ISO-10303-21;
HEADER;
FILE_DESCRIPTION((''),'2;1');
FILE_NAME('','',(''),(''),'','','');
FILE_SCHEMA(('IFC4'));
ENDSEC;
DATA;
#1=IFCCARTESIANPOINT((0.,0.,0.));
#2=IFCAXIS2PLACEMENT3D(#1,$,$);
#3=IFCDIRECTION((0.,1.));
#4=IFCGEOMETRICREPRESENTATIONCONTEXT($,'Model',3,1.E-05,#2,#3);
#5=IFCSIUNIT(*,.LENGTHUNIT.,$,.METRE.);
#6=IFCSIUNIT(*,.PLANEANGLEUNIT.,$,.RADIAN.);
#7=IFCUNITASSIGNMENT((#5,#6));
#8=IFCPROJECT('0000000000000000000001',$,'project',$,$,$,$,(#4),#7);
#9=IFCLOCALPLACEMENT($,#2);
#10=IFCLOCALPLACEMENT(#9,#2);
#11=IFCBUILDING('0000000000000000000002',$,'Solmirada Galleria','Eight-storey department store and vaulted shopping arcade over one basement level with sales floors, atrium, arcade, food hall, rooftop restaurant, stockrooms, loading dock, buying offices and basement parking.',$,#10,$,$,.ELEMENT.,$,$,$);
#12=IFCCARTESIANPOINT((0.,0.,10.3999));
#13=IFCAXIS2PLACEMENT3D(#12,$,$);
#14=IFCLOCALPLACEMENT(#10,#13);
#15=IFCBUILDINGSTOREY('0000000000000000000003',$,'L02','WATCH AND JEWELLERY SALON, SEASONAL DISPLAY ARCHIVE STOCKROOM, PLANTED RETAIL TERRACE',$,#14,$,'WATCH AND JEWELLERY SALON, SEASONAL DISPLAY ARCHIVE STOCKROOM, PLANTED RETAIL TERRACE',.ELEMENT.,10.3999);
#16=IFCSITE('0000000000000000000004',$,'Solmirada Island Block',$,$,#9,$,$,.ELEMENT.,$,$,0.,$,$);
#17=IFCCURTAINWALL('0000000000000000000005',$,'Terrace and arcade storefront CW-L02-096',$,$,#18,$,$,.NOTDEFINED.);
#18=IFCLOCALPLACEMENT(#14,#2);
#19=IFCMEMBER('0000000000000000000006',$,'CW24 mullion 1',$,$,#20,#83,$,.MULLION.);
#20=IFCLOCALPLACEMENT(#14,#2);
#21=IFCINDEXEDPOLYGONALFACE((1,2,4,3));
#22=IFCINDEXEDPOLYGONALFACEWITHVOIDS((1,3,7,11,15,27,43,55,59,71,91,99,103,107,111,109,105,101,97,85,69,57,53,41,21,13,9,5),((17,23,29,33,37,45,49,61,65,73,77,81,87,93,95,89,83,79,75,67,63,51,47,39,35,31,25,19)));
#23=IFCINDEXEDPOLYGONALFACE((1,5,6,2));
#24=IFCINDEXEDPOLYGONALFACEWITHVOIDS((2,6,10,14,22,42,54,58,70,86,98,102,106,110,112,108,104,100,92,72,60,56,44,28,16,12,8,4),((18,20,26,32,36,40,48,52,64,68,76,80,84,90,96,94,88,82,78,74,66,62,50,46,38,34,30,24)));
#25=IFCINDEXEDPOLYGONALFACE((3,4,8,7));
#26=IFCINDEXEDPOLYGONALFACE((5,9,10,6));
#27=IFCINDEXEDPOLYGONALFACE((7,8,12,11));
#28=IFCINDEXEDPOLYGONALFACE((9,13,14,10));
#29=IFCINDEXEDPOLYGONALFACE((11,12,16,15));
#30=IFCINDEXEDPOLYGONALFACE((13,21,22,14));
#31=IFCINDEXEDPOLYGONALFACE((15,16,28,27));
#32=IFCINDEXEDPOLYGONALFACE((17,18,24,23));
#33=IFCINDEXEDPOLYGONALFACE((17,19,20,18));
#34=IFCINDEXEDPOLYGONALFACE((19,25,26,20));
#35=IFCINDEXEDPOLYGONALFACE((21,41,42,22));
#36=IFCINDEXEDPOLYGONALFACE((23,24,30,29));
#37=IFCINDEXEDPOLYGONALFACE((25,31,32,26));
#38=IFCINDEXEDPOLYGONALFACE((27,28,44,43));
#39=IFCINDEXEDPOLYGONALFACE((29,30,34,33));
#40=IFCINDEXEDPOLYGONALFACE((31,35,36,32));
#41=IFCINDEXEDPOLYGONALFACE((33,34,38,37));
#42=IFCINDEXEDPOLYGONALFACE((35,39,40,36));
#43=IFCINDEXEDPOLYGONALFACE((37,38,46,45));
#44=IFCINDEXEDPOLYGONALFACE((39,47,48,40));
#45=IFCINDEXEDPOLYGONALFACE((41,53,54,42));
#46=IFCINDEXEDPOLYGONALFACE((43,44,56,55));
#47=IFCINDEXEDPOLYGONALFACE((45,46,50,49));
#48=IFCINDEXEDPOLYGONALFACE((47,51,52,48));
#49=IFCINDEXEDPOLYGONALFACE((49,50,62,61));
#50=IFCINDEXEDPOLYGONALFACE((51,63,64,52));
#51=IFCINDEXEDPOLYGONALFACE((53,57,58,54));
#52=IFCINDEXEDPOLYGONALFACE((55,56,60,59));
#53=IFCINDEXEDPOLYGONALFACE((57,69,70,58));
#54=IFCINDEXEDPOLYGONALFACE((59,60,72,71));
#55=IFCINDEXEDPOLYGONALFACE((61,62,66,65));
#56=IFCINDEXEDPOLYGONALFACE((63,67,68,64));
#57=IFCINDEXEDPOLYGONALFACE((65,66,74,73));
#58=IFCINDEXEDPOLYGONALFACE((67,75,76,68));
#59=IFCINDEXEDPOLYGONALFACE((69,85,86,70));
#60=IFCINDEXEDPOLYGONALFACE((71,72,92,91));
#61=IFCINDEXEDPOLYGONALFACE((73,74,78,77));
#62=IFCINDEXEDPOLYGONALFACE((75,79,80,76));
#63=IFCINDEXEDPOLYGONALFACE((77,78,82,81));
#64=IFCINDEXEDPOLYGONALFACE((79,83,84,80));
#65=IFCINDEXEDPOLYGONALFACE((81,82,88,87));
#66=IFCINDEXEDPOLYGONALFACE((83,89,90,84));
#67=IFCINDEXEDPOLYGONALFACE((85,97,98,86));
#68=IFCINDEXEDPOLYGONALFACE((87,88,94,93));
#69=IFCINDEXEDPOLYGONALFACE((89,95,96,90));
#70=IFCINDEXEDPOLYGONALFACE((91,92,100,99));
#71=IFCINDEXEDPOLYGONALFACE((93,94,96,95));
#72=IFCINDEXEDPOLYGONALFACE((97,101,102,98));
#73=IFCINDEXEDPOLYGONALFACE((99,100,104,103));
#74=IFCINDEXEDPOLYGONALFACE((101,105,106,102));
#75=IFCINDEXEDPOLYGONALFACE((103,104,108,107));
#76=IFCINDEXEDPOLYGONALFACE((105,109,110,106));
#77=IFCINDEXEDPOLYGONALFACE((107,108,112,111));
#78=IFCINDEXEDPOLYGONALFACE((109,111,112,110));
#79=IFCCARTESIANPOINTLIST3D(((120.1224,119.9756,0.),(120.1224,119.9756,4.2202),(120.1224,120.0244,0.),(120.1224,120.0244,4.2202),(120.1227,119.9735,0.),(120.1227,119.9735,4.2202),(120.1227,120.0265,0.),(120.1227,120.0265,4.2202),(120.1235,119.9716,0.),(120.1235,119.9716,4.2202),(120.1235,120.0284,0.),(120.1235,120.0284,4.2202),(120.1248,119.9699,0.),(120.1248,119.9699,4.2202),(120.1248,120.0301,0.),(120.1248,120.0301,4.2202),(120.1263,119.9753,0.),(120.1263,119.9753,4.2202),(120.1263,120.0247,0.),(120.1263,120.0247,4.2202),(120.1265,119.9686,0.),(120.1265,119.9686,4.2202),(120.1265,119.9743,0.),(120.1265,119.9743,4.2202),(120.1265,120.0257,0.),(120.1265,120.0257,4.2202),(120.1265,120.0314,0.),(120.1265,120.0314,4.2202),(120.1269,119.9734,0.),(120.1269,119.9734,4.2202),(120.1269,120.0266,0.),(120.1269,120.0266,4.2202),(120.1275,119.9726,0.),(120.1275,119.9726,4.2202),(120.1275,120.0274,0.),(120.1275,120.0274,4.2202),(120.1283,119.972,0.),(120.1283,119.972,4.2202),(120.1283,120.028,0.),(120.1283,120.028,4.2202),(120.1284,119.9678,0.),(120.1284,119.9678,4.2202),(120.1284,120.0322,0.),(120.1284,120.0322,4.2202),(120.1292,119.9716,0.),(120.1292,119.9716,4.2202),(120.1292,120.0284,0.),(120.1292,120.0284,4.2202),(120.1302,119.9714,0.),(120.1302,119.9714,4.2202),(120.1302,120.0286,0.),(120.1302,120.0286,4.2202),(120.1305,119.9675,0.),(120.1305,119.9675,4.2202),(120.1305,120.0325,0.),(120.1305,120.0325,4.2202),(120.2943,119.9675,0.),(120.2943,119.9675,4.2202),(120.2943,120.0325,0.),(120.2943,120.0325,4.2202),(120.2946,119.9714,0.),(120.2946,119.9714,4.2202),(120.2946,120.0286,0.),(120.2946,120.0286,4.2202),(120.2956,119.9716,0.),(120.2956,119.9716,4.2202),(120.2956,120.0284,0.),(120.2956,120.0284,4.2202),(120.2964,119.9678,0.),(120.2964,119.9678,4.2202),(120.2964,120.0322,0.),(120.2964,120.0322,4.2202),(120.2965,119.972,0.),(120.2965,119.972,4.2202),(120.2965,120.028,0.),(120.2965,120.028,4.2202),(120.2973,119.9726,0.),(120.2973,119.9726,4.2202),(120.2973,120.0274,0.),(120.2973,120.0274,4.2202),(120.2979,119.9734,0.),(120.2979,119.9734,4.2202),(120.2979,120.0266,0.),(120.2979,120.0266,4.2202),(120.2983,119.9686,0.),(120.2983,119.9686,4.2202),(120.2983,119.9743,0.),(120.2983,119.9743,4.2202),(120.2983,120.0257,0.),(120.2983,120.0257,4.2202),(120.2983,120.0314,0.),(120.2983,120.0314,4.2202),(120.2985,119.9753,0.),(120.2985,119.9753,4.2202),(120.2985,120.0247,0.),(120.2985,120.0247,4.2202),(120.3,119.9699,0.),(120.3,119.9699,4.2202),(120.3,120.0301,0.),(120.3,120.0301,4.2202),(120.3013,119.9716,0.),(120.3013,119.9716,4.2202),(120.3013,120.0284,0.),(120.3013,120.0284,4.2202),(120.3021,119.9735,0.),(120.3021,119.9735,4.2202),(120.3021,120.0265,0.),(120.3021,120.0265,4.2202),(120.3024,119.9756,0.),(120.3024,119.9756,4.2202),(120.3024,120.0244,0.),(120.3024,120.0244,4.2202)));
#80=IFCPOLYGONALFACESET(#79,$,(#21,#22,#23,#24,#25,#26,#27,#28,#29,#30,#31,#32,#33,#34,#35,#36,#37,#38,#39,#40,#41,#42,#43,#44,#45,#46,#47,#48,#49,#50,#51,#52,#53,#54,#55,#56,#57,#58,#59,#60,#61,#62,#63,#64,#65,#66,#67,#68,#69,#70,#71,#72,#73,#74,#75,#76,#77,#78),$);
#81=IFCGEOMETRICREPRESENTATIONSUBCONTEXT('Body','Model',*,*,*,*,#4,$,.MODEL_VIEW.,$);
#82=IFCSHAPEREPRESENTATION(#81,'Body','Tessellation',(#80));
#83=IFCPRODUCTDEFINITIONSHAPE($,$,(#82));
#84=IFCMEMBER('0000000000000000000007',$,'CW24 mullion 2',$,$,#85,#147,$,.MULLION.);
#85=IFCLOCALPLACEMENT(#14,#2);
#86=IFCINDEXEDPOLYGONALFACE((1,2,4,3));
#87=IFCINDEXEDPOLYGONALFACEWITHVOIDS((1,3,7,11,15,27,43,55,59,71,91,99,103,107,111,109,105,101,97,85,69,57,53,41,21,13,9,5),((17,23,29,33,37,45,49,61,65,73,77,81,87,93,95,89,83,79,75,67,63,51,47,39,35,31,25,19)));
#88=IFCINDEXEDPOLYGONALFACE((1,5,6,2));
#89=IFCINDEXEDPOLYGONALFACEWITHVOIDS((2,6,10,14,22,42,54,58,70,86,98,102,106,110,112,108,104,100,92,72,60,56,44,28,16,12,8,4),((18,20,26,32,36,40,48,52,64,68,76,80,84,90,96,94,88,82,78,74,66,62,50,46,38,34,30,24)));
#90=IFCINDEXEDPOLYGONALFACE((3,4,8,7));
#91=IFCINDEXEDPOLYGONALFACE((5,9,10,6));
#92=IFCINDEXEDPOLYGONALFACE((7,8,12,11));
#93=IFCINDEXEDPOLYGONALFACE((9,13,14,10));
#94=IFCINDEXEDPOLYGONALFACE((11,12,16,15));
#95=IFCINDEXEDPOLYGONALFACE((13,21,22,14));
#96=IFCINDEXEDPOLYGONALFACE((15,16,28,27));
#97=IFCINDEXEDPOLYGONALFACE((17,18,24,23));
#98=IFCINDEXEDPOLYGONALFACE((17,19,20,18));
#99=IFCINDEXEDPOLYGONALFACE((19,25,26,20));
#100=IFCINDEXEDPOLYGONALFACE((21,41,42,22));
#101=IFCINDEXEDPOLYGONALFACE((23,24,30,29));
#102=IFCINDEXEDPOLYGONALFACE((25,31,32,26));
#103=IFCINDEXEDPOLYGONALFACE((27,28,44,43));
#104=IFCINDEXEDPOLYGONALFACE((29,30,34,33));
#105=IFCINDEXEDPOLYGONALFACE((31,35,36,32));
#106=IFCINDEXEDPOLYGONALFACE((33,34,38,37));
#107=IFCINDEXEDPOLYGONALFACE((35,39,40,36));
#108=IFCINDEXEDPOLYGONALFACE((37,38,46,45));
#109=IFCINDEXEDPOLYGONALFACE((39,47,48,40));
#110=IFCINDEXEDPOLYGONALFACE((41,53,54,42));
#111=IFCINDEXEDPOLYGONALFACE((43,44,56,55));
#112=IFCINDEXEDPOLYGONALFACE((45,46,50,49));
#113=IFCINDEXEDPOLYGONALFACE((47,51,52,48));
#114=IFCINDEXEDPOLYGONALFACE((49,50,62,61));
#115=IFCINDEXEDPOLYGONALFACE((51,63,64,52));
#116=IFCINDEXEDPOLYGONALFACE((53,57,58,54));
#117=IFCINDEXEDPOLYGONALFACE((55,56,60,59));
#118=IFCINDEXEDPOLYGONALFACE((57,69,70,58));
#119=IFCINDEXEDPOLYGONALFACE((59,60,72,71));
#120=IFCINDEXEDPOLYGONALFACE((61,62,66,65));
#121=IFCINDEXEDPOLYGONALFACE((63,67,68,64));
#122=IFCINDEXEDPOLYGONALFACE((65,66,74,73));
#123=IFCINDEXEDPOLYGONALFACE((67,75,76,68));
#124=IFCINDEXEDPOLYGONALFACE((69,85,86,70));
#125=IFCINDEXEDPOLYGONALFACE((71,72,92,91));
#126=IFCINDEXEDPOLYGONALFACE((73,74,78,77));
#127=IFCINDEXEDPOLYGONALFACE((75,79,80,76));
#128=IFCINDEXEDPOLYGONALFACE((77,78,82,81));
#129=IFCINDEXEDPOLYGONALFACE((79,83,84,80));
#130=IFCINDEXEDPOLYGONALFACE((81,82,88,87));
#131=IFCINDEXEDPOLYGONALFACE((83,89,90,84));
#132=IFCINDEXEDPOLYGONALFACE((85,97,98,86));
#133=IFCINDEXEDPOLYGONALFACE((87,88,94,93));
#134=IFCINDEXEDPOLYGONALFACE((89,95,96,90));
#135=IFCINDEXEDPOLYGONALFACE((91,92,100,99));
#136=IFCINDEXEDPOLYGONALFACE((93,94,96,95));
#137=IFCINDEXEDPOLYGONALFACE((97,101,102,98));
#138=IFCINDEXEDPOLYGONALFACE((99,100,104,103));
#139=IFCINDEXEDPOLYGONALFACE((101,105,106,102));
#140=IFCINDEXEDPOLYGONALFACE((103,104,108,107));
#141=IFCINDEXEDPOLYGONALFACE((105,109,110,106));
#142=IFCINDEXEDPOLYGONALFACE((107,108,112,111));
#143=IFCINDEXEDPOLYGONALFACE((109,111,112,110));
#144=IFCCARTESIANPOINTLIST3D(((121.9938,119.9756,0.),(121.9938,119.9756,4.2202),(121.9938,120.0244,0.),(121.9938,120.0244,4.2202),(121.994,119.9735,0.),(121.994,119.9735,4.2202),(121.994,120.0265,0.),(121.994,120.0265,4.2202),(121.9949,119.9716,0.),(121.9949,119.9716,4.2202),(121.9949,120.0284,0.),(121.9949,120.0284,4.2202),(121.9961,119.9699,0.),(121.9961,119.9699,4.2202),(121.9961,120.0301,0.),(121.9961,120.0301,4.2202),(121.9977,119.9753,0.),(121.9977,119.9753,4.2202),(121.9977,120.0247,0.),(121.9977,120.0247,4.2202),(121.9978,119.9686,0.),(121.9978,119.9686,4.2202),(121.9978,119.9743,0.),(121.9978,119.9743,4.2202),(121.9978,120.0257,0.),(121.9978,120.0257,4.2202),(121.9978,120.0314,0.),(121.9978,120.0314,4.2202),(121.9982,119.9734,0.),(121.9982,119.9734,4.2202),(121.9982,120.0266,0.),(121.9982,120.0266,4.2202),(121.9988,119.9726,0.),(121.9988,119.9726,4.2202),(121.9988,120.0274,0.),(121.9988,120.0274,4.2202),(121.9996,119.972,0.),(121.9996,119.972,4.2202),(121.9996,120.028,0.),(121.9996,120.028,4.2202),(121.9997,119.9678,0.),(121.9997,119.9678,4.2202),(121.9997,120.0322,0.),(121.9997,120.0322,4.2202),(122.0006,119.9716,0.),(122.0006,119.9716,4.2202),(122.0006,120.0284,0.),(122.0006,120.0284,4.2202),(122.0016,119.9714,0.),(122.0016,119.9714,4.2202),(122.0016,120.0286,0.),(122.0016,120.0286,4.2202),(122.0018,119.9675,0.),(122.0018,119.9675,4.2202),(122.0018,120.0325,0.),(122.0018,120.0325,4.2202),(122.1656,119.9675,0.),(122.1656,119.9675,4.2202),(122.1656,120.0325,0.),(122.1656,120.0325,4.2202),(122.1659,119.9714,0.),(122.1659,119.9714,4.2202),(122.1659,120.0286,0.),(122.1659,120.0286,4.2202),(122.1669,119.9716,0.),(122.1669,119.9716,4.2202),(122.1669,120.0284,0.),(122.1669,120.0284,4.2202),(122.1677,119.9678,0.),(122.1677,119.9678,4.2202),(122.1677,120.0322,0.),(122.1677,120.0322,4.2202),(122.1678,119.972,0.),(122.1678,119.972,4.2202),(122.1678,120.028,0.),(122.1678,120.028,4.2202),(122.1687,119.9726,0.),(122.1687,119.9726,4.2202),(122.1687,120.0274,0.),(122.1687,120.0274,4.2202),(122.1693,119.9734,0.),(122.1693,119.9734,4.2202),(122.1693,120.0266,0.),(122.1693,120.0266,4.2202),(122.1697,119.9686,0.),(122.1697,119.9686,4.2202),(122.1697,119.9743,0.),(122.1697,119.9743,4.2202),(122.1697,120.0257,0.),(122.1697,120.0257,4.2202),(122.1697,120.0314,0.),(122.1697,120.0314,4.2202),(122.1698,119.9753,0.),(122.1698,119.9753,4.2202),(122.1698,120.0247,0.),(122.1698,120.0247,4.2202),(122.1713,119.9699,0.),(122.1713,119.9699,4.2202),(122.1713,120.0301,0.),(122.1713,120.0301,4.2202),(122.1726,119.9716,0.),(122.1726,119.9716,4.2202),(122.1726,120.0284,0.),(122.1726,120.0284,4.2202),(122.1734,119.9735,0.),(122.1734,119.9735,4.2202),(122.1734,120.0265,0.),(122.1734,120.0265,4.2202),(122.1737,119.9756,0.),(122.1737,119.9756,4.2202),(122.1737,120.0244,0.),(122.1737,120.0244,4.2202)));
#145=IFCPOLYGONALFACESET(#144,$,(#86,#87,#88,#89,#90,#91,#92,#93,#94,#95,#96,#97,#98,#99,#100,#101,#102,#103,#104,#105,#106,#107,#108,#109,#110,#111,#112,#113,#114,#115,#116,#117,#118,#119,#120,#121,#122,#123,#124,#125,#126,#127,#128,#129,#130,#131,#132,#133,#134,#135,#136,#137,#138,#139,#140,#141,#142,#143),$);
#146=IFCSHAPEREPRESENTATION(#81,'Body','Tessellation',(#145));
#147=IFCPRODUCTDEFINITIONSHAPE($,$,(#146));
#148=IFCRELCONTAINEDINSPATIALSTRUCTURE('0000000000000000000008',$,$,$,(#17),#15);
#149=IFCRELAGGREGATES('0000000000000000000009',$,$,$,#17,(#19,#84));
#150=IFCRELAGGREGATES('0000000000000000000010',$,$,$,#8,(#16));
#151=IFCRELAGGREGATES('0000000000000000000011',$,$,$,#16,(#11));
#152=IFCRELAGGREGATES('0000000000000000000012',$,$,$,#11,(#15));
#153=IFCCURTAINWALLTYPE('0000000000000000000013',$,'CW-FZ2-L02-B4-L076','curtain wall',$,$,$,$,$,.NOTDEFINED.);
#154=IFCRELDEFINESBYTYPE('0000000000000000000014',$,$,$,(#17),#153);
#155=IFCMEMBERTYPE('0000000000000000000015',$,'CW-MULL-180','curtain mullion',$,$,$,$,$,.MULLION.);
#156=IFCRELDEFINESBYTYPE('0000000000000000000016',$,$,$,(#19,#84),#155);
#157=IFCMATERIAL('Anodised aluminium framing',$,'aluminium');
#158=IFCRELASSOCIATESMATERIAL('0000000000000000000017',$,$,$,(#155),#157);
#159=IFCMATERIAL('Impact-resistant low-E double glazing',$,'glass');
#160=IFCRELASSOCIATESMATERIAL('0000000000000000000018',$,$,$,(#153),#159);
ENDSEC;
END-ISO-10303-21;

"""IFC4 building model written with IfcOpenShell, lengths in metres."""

from ifc_helpers import new_model, si_unit, direction, frame, origin, origin_2d, place, context, subcontext, project, spatial, hollow_rectangle, extrude, material, material_profile, profile_set, type_object, element, aggregate, save


model = new_model("IFC4")

# Units and contexts
model_context = context("Model", 3, precision=1e-05, world=origin(), true_north=direction((0.0, 1.0)))
body_context = subcontext(model_context, "Body", "Model", "MODEL_VIEW")
ifc_project = project(units=[si_unit("LENGTHUNIT", "METRE"), si_unit("PLANEANGLEUNIT", "RADIAN")], contexts=[model_context])

# Site, building, storey
site_placement = place(None, origin())
site = spatial("IfcSite", under=ifc_project, at=site_placement, Name="Solmirada Island Block", CompositionType="ELEMENT", RefElevation=0.0)
building_placement = place(site_placement, origin())
building = spatial("IfcBuilding", under=site, at=building_placement, Name="Solmirada Galleria", Description="Eight-storey department store and vaulted shopping arcade over one basement level with sales floors, atrium, arcade, food hall, rooftop restaurant, stockrooms, loading dock, buying offices and basement parking.", CompositionType="ELEMENT")
storey_placement = place(building_placement, frame((0.0, 0.0, 10.3999)))
storey = spatial("IfcBuildingStorey", under=building, at=storey_placement, Name="L02", Description="WATCH AND JEWELLERY SALON, SEASONAL DISPLAY ARCHIVE STOCKROOM, PLANTED RETAIL TERRACE", LongName="WATCH AND JEWELLERY SALON, SEASONAL DISPLAY ARCHIVE STOCKROOM, PLANTED RETAIL TERRACE", CompositionType="ELEMENT", Elevation=10.3999)

# Shared definitions
ifc_material_1 = material(Name="Impact-resistant low-E double glazing", Category="glass")
ifc_material_2 = material(Name="Anodised aluminium framing", Category="aluminium")
ifc_material_profile_1 = material_profile(ifc_material_2, hollow_rectangle(XDim=0.0649, YDim=0.1799, WallThickness=0.0039, InnerFilletRadius=0.0039, OuterFilletRadius=0.0081, at=origin_2d()), Name="ALU-MULL-180X65")
ifc_profile_set_1 = profile_set([ifc_material_profile_1], Name="Anodised aluminium framing")
member_type_1 = type_object("IfcMemberType", Name="CW-MULL-180", Description="curtain mullion", PredefinedType="MULLION", material=ifc_profile_set_1)

# Curtain wall, members
curtain_wall_type_1 = type_object("IfcCurtainWallType", Name="CW-FZ2-L02-B4-L076", Description="curtain wall", PredefinedType="NOTDEFINED", material=ifc_material_1)
curtain_wall_1_placement = place(storey_placement, origin())
curtain_wall_1 = element("IfcCurtainWall", 1, at=curtain_wall_1_placement, inside=storey, type_object=curtain_wall_type_1, Name="Terrace and arcade storefront CW-L02-096", PredefinedType="NOTDEFINED")
member_1_placement = place(storey_placement, frame((120.2124, 120.0, 0.0), z_axis=(0.0, 0.0, 1.0), x_axis=(0.0, 1.0, 0.0)))
member_1 = element("IfcMember", 2, at=member_1_placement, type_object=member_type_1, Name="CW24 mullion 1", PredefinedType="MULLION", context=body_context, shape_type="SweptSolid", body=[
    extrude(hollow_rectangle(XDim=0.0649, YDim=0.1799, WallThickness=0.0039, InnerFilletRadius=0.0039, OuterFilletRadius=0.0081, at=origin_2d()), origin(), (0.0, 0.0, 1.0), 4.2202),
])
member_2_placement = place(storey_placement, frame((122.0837, 120.0, 0.0), z_axis=(0.0, 0.0, 1.0), x_axis=(0.0, 1.0, 0.0)))
member_2 = element("IfcMember", 3, at=member_2_placement, type_object=member_type_1, Name="CW24 mullion 2", PredefinedType="MULLION", context=body_context, shape_type="SweptSolid", body=[
    extrude(hollow_rectangle(XDim=0.0649, YDim=0.1799, WallThickness=0.0039, InnerFilletRadius=0.0039, OuterFilletRadius=0.0081, at=origin_2d()), origin(), (0.0, 0.0, 1.0), 4.2202),
])
aggregate(curtain_wall_1, [member_1, member_2])

save(model, "model.ifc")
